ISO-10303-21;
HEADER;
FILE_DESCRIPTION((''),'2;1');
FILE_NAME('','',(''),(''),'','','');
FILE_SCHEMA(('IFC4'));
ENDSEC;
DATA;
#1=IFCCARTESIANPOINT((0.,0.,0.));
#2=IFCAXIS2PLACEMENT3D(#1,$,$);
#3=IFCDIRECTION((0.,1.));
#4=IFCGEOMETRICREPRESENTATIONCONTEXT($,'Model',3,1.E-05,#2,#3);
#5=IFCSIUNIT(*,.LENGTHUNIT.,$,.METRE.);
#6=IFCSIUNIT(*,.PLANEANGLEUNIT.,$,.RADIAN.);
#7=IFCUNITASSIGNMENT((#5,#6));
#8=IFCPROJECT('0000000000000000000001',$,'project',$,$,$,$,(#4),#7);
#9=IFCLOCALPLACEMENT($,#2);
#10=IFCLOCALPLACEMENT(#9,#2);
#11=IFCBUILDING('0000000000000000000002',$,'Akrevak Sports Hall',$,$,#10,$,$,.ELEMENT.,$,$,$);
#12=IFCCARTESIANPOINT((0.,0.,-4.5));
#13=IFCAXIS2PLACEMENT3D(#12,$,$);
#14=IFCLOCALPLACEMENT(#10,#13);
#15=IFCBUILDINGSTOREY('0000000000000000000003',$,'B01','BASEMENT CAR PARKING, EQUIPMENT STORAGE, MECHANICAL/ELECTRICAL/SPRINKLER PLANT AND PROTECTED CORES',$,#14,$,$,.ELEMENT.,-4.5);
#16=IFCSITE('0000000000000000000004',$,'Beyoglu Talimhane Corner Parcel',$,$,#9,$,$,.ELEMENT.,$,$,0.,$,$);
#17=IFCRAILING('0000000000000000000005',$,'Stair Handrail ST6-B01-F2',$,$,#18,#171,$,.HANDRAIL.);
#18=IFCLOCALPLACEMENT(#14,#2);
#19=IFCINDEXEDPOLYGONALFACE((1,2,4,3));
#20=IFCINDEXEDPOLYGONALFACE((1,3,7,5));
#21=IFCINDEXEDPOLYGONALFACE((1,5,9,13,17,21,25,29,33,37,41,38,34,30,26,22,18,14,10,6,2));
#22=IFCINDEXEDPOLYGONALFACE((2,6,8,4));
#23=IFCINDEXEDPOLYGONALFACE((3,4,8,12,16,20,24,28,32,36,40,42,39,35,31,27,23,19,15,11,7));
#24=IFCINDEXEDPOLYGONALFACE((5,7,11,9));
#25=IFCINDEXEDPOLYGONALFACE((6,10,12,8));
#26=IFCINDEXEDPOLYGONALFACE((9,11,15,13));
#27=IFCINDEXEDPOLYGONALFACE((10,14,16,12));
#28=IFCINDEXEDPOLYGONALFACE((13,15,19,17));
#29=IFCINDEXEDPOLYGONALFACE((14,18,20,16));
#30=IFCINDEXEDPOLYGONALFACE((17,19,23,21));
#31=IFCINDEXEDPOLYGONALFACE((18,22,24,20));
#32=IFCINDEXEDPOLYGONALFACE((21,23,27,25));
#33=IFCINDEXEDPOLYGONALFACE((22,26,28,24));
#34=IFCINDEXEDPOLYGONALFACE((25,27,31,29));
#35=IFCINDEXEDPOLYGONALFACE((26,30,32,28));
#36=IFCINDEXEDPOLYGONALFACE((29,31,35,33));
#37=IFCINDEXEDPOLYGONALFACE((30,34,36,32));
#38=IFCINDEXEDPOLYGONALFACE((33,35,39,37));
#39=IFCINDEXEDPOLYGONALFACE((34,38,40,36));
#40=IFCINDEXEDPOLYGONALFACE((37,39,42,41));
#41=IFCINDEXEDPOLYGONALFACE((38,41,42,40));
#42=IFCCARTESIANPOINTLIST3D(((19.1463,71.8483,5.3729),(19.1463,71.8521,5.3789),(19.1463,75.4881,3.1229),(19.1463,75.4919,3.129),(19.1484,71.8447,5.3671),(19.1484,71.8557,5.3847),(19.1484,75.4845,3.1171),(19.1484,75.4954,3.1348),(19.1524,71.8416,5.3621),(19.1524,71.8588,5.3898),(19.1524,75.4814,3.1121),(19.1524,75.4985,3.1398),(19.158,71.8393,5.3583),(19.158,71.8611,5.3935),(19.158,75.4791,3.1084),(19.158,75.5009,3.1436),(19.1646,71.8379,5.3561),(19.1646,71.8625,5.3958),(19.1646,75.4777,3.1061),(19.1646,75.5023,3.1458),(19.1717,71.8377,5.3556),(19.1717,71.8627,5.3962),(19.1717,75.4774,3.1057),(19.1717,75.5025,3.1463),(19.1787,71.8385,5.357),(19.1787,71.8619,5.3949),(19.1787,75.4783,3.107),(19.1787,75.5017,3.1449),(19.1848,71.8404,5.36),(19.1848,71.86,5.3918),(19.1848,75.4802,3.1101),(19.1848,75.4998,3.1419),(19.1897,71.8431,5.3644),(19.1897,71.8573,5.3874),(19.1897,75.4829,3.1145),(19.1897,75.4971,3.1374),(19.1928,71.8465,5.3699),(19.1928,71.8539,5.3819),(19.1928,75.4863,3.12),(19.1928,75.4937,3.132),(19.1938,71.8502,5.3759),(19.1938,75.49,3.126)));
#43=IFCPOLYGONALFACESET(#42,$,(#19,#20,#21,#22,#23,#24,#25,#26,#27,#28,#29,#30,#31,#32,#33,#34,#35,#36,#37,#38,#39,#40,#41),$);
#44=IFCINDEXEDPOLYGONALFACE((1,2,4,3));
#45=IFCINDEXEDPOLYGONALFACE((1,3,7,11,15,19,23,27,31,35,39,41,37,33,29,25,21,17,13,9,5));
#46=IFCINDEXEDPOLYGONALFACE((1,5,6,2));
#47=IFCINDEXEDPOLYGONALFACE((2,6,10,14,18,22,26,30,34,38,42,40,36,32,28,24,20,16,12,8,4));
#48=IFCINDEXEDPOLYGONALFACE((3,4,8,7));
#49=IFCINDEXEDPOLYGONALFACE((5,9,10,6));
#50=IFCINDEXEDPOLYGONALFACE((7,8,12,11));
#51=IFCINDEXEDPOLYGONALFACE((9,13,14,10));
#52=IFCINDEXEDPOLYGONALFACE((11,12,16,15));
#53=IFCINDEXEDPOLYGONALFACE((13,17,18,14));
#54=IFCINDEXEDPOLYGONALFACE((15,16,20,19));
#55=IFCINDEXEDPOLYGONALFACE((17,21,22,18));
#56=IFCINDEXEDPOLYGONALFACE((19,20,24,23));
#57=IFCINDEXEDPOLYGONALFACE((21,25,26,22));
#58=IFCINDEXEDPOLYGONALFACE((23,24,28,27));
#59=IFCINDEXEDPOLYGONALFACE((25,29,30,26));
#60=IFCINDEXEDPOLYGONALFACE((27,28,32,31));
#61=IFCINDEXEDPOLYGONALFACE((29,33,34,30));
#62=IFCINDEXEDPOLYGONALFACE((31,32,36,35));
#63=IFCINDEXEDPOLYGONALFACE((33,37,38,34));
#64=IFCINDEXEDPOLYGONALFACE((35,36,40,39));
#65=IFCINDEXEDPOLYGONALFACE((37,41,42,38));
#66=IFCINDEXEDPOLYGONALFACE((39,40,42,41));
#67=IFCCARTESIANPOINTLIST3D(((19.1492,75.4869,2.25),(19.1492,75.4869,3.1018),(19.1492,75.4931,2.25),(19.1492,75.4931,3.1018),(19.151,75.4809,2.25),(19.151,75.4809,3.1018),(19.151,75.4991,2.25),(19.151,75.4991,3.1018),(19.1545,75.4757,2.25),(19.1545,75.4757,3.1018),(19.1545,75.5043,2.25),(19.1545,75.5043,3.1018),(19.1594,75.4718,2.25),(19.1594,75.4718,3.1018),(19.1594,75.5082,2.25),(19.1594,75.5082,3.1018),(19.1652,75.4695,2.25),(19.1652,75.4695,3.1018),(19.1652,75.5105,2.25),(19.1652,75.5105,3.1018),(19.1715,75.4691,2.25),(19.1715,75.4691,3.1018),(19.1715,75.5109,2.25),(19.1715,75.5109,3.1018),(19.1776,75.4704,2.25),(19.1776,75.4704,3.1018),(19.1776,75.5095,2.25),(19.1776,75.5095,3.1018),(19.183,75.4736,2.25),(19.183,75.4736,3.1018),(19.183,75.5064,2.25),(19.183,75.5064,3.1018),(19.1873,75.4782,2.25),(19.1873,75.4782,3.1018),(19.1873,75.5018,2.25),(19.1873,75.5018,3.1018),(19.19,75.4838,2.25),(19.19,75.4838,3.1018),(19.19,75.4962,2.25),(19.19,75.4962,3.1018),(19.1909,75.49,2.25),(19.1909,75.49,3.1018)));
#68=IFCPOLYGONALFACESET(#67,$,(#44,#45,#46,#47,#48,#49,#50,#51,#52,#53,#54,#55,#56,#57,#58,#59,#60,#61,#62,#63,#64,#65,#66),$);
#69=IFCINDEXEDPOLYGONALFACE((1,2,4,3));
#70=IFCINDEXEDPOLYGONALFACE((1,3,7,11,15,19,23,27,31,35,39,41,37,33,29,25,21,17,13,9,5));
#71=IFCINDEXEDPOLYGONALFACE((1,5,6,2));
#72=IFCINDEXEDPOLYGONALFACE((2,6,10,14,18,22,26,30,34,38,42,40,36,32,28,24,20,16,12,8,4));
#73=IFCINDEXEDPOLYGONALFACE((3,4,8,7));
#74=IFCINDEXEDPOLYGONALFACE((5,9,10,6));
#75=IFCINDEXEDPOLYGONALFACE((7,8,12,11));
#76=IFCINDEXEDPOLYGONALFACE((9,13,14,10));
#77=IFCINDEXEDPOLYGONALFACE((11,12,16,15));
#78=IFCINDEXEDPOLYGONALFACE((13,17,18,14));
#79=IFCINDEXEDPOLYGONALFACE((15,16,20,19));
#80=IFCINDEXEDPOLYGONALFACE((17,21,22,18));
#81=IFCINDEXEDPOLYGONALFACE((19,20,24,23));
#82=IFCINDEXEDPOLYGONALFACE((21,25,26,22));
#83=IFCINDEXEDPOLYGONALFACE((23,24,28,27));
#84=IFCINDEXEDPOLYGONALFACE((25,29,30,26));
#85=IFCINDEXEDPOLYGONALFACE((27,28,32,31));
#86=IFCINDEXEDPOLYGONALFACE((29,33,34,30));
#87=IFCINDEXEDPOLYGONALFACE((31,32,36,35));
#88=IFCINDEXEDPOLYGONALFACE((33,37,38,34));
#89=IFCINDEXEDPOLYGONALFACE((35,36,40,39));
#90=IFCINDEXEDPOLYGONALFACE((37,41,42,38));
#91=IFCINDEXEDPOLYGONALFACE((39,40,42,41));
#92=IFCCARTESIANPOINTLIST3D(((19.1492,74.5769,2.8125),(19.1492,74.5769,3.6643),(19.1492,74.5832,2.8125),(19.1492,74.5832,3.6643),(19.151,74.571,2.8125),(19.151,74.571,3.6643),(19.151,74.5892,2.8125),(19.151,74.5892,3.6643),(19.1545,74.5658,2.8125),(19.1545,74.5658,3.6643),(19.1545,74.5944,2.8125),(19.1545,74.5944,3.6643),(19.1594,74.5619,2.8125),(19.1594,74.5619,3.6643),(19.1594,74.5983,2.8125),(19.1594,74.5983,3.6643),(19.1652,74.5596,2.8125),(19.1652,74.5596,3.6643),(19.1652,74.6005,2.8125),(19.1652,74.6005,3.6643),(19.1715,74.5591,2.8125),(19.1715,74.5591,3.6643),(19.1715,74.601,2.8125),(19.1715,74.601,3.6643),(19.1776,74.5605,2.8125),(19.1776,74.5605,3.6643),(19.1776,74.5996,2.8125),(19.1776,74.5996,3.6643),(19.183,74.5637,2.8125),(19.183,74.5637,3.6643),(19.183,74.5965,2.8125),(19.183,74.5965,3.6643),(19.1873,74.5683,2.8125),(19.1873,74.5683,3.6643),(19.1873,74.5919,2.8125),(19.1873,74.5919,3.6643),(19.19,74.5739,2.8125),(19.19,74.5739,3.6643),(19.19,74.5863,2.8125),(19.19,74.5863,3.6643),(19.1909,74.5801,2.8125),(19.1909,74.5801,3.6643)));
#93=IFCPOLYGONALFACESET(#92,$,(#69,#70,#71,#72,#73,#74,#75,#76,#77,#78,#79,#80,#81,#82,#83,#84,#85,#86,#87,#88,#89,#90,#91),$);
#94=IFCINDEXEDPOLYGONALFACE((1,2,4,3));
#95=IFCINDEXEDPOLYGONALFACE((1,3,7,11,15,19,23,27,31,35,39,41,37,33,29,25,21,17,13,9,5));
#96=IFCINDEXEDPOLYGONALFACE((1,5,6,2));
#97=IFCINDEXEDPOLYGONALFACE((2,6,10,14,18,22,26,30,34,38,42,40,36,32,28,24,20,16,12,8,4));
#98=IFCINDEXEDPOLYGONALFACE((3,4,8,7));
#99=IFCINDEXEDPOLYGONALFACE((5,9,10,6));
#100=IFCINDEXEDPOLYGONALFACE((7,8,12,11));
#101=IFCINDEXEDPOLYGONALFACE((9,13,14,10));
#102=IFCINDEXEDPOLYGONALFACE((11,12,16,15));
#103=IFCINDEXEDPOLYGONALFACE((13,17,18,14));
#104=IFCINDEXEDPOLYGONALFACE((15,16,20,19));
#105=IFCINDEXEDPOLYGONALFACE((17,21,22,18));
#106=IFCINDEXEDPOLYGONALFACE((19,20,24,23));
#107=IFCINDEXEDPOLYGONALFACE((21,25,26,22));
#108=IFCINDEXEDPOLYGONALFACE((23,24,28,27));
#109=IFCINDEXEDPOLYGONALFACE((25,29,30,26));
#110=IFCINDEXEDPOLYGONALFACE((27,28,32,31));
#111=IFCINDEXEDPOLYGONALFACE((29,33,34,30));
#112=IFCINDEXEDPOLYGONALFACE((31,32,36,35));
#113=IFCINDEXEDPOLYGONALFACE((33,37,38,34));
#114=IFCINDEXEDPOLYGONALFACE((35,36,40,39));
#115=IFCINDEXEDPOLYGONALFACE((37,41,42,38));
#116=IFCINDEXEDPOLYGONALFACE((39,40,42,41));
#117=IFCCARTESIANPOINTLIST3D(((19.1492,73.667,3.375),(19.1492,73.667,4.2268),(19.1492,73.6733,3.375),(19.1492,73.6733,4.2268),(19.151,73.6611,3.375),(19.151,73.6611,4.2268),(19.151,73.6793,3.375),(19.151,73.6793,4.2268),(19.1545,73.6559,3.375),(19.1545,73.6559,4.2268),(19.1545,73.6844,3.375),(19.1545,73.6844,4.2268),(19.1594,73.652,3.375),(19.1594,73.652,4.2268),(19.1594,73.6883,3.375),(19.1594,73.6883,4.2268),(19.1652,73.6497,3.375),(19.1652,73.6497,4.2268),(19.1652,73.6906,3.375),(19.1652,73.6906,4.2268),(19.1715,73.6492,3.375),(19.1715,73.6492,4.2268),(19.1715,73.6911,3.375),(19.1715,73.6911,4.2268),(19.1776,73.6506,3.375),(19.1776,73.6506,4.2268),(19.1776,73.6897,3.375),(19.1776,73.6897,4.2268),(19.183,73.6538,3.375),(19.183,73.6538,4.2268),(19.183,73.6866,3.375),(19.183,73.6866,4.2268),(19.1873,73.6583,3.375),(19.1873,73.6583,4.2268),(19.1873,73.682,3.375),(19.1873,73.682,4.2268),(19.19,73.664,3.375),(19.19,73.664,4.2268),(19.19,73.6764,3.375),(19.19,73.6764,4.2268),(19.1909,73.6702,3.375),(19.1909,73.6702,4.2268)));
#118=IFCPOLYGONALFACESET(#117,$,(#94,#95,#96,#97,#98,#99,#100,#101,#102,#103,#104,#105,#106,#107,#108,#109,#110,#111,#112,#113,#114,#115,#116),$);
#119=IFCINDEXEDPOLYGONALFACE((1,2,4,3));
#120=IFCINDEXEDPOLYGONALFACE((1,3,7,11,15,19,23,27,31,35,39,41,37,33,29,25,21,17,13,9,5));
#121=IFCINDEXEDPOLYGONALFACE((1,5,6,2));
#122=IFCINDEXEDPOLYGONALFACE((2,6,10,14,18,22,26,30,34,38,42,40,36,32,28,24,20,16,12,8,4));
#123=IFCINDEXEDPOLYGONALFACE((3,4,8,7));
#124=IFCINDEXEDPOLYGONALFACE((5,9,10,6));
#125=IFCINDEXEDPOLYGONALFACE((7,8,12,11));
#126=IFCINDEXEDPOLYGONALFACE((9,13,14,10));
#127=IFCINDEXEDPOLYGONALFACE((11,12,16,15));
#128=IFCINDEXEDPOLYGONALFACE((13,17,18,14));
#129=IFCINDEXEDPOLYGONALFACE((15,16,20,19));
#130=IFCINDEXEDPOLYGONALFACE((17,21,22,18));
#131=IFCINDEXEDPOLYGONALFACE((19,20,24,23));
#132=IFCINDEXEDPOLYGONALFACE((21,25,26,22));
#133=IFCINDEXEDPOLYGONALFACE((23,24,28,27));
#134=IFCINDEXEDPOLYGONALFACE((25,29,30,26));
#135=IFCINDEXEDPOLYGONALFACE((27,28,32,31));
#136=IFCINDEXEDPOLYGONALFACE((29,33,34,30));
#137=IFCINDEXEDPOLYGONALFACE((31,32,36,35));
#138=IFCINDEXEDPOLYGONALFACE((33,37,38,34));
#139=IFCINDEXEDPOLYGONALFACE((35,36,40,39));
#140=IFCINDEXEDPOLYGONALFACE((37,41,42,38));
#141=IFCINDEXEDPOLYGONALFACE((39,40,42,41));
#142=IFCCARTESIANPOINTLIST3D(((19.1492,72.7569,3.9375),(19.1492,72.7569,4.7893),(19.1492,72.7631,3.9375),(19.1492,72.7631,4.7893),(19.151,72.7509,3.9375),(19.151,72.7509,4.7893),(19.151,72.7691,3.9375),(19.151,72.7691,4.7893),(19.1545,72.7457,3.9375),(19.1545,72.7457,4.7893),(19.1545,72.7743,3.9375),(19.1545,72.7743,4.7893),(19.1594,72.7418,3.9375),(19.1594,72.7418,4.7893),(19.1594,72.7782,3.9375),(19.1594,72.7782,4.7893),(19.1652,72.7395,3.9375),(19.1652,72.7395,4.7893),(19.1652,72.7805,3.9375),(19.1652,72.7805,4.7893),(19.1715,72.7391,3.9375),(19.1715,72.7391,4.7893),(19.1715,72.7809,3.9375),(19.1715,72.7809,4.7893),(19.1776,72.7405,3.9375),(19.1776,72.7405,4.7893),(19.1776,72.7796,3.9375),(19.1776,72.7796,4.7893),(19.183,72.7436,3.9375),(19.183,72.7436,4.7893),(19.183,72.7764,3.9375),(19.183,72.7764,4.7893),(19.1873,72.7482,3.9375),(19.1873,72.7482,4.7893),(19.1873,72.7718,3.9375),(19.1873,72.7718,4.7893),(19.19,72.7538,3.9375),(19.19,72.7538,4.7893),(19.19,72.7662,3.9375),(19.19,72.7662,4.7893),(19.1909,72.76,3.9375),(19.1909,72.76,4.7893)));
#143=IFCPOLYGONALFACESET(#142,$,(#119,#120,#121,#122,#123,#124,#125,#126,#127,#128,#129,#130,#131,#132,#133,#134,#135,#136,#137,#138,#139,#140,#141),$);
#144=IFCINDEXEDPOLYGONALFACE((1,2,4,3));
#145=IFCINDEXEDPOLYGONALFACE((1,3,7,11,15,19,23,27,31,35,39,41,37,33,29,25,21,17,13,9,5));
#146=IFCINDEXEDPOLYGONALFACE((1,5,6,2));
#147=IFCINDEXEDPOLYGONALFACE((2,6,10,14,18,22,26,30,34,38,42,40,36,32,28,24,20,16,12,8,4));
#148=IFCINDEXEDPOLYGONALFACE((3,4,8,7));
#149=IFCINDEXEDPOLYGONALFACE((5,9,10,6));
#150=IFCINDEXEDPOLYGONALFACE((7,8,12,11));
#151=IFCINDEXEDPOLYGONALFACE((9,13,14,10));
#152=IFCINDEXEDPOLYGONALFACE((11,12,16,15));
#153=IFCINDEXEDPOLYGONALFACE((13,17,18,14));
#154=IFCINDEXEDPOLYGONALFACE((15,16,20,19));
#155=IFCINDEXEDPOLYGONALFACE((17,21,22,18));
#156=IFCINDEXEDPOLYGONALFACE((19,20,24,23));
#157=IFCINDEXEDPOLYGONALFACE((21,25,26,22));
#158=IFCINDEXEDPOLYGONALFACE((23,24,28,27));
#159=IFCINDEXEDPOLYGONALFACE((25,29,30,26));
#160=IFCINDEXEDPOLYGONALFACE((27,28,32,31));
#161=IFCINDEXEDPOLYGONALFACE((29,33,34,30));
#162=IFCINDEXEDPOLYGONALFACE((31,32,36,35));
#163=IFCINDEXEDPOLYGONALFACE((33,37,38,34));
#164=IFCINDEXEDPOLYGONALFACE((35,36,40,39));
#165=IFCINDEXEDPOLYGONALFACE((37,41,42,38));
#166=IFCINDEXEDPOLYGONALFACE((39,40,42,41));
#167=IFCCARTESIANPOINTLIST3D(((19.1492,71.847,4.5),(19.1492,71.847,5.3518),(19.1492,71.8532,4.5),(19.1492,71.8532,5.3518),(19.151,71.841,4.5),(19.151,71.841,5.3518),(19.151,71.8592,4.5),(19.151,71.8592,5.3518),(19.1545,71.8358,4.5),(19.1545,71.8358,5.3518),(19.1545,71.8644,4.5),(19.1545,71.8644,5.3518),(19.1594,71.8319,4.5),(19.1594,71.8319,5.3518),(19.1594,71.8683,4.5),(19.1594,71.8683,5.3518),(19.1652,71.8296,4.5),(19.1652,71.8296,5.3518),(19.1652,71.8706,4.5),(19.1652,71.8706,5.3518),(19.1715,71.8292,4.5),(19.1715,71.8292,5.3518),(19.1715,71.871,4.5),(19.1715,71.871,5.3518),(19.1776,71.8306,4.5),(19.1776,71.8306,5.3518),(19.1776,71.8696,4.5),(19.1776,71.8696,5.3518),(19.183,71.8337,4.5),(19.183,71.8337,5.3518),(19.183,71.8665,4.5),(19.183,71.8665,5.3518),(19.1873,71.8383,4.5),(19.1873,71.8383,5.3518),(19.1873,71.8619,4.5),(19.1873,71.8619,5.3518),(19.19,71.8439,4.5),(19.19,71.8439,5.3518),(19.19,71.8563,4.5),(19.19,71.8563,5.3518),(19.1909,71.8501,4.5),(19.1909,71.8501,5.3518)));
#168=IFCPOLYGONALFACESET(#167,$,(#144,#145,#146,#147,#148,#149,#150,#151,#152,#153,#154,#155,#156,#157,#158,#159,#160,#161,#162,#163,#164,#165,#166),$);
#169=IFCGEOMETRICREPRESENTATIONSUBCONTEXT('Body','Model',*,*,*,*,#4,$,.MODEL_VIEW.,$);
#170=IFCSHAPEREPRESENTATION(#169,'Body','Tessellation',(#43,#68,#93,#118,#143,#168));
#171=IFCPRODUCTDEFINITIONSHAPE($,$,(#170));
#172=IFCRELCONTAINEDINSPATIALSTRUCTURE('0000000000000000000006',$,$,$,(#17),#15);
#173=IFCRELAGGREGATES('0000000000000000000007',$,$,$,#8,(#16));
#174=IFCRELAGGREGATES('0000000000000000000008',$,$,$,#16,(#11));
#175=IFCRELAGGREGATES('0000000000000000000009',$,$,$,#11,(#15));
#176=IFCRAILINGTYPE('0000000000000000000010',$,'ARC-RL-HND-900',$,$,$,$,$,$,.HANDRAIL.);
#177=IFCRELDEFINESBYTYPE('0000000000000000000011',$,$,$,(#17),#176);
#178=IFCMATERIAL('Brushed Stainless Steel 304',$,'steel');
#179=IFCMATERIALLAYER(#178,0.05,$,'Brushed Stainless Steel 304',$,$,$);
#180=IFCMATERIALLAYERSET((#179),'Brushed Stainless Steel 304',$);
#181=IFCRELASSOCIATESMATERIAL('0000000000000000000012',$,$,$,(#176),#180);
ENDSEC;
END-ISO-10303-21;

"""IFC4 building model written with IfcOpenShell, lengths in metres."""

from ifc_helpers import new_model, si_unit, direction, frame, origin, origin_2d, place, context, subcontext, project, spatial, circle, extrude, material, layer, layer_set, type_object, element, save


model = new_model("IFC4")

# Units and contexts
model_context = context("Model", 3, precision=1e-05, world=origin(), true_north=direction((0.0, 1.0)))
body_context = subcontext(model_context, "Body", "Model", "MODEL_VIEW")
ifc_project = project(units=[si_unit("LENGTHUNIT", "METRE"), si_unit("PLANEANGLEUNIT", "RADIAN")], contexts=[model_context])

# Site, building, storey
site_placement = place(None, origin())
site = spatial("IfcSite", under=ifc_project, at=site_placement, Name="Beyoglu Talimhane Corner Parcel", CompositionType="ELEMENT", RefElevation=0.0)
building_placement = place(site_placement, origin())
building = spatial("IfcBuilding", under=site, at=building_placement, Name="Akrevak Sports Hall", CompositionType="ELEMENT")
storey_placement = place(building_placement, frame((0.0, 0.0, -4.5)))
storey = spatial("IfcBuildingStorey", under=building, at=storey_placement, Name="B01", Description="BASEMENT CAR PARKING, EQUIPMENT STORAGE, MECHANICAL/ELECTRICAL/SPRINKLER PLANT AND PROTECTED CORES", CompositionType="ELEMENT", Elevation=-4.5)

# Railing
ifc_material_1 = material(Name="Brushed Stainless Steel 304", Category="steel")
ifc_layer_1 = layer(ifc_material_1, 0.05, Name="Brushed Stainless Steel 304")
ifc_layer_set_1 = layer_set([ifc_layer_1], Name="Brushed Stainless Steel 304")
railing_type_1 = type_object("IfcRailingType", Name="ARC-RL-HND-900", PredefinedType="HANDRAIL", material=ifc_layer_set_1)
railing_1_placement = place(storey_placement, frame((19.1699, 75.49, 2.25)))
element("IfcRailing", 1, at=railing_1_placement, inside=storey, type_object=railing_type_1, Name="Stair Handrail ST6-B01-F2", PredefinedType="HANDRAIL", context=body_context, shape_type="SweptSolid", body=[
    extrude(circle(Radius=0.0239, at=origin_2d()), frame((0.0, 0.0, 0.876), z_axis=(0.0, -0.850607, 0.525803), x_axis=(1.0, 0.0, 0.0)), (0.0, 0.0, 1.0), 4.2791),
    extrude(circle(Radius=0.021, at=origin_2d()), origin(), (0.0, 0.0, 1.0), 0.8518),
    extrude(circle(Radius=0.021, at=origin_2d()), frame((0.0, -0.9099, 0.5625)), (0.0, 0.0, 1.0), 0.8518),
    extrude(circle(Radius=0.021, at=origin_2d()), frame((0.0, -1.8198, 1.125)), (0.0, 0.0, 1.0), 0.8518),
    extrude(circle(Radius=0.021, at=origin_2d()), frame((0.0, -2.73, 1.6875)), (0.0, 0.0, 1.0), 0.8518),
    extrude(circle(Radius=0.021, at=origin_2d()), frame((0.0, -3.6399, 2.25)), (0.0, 0.0, 1.0), 0.8518),
])

save(model, "model.ifc")
